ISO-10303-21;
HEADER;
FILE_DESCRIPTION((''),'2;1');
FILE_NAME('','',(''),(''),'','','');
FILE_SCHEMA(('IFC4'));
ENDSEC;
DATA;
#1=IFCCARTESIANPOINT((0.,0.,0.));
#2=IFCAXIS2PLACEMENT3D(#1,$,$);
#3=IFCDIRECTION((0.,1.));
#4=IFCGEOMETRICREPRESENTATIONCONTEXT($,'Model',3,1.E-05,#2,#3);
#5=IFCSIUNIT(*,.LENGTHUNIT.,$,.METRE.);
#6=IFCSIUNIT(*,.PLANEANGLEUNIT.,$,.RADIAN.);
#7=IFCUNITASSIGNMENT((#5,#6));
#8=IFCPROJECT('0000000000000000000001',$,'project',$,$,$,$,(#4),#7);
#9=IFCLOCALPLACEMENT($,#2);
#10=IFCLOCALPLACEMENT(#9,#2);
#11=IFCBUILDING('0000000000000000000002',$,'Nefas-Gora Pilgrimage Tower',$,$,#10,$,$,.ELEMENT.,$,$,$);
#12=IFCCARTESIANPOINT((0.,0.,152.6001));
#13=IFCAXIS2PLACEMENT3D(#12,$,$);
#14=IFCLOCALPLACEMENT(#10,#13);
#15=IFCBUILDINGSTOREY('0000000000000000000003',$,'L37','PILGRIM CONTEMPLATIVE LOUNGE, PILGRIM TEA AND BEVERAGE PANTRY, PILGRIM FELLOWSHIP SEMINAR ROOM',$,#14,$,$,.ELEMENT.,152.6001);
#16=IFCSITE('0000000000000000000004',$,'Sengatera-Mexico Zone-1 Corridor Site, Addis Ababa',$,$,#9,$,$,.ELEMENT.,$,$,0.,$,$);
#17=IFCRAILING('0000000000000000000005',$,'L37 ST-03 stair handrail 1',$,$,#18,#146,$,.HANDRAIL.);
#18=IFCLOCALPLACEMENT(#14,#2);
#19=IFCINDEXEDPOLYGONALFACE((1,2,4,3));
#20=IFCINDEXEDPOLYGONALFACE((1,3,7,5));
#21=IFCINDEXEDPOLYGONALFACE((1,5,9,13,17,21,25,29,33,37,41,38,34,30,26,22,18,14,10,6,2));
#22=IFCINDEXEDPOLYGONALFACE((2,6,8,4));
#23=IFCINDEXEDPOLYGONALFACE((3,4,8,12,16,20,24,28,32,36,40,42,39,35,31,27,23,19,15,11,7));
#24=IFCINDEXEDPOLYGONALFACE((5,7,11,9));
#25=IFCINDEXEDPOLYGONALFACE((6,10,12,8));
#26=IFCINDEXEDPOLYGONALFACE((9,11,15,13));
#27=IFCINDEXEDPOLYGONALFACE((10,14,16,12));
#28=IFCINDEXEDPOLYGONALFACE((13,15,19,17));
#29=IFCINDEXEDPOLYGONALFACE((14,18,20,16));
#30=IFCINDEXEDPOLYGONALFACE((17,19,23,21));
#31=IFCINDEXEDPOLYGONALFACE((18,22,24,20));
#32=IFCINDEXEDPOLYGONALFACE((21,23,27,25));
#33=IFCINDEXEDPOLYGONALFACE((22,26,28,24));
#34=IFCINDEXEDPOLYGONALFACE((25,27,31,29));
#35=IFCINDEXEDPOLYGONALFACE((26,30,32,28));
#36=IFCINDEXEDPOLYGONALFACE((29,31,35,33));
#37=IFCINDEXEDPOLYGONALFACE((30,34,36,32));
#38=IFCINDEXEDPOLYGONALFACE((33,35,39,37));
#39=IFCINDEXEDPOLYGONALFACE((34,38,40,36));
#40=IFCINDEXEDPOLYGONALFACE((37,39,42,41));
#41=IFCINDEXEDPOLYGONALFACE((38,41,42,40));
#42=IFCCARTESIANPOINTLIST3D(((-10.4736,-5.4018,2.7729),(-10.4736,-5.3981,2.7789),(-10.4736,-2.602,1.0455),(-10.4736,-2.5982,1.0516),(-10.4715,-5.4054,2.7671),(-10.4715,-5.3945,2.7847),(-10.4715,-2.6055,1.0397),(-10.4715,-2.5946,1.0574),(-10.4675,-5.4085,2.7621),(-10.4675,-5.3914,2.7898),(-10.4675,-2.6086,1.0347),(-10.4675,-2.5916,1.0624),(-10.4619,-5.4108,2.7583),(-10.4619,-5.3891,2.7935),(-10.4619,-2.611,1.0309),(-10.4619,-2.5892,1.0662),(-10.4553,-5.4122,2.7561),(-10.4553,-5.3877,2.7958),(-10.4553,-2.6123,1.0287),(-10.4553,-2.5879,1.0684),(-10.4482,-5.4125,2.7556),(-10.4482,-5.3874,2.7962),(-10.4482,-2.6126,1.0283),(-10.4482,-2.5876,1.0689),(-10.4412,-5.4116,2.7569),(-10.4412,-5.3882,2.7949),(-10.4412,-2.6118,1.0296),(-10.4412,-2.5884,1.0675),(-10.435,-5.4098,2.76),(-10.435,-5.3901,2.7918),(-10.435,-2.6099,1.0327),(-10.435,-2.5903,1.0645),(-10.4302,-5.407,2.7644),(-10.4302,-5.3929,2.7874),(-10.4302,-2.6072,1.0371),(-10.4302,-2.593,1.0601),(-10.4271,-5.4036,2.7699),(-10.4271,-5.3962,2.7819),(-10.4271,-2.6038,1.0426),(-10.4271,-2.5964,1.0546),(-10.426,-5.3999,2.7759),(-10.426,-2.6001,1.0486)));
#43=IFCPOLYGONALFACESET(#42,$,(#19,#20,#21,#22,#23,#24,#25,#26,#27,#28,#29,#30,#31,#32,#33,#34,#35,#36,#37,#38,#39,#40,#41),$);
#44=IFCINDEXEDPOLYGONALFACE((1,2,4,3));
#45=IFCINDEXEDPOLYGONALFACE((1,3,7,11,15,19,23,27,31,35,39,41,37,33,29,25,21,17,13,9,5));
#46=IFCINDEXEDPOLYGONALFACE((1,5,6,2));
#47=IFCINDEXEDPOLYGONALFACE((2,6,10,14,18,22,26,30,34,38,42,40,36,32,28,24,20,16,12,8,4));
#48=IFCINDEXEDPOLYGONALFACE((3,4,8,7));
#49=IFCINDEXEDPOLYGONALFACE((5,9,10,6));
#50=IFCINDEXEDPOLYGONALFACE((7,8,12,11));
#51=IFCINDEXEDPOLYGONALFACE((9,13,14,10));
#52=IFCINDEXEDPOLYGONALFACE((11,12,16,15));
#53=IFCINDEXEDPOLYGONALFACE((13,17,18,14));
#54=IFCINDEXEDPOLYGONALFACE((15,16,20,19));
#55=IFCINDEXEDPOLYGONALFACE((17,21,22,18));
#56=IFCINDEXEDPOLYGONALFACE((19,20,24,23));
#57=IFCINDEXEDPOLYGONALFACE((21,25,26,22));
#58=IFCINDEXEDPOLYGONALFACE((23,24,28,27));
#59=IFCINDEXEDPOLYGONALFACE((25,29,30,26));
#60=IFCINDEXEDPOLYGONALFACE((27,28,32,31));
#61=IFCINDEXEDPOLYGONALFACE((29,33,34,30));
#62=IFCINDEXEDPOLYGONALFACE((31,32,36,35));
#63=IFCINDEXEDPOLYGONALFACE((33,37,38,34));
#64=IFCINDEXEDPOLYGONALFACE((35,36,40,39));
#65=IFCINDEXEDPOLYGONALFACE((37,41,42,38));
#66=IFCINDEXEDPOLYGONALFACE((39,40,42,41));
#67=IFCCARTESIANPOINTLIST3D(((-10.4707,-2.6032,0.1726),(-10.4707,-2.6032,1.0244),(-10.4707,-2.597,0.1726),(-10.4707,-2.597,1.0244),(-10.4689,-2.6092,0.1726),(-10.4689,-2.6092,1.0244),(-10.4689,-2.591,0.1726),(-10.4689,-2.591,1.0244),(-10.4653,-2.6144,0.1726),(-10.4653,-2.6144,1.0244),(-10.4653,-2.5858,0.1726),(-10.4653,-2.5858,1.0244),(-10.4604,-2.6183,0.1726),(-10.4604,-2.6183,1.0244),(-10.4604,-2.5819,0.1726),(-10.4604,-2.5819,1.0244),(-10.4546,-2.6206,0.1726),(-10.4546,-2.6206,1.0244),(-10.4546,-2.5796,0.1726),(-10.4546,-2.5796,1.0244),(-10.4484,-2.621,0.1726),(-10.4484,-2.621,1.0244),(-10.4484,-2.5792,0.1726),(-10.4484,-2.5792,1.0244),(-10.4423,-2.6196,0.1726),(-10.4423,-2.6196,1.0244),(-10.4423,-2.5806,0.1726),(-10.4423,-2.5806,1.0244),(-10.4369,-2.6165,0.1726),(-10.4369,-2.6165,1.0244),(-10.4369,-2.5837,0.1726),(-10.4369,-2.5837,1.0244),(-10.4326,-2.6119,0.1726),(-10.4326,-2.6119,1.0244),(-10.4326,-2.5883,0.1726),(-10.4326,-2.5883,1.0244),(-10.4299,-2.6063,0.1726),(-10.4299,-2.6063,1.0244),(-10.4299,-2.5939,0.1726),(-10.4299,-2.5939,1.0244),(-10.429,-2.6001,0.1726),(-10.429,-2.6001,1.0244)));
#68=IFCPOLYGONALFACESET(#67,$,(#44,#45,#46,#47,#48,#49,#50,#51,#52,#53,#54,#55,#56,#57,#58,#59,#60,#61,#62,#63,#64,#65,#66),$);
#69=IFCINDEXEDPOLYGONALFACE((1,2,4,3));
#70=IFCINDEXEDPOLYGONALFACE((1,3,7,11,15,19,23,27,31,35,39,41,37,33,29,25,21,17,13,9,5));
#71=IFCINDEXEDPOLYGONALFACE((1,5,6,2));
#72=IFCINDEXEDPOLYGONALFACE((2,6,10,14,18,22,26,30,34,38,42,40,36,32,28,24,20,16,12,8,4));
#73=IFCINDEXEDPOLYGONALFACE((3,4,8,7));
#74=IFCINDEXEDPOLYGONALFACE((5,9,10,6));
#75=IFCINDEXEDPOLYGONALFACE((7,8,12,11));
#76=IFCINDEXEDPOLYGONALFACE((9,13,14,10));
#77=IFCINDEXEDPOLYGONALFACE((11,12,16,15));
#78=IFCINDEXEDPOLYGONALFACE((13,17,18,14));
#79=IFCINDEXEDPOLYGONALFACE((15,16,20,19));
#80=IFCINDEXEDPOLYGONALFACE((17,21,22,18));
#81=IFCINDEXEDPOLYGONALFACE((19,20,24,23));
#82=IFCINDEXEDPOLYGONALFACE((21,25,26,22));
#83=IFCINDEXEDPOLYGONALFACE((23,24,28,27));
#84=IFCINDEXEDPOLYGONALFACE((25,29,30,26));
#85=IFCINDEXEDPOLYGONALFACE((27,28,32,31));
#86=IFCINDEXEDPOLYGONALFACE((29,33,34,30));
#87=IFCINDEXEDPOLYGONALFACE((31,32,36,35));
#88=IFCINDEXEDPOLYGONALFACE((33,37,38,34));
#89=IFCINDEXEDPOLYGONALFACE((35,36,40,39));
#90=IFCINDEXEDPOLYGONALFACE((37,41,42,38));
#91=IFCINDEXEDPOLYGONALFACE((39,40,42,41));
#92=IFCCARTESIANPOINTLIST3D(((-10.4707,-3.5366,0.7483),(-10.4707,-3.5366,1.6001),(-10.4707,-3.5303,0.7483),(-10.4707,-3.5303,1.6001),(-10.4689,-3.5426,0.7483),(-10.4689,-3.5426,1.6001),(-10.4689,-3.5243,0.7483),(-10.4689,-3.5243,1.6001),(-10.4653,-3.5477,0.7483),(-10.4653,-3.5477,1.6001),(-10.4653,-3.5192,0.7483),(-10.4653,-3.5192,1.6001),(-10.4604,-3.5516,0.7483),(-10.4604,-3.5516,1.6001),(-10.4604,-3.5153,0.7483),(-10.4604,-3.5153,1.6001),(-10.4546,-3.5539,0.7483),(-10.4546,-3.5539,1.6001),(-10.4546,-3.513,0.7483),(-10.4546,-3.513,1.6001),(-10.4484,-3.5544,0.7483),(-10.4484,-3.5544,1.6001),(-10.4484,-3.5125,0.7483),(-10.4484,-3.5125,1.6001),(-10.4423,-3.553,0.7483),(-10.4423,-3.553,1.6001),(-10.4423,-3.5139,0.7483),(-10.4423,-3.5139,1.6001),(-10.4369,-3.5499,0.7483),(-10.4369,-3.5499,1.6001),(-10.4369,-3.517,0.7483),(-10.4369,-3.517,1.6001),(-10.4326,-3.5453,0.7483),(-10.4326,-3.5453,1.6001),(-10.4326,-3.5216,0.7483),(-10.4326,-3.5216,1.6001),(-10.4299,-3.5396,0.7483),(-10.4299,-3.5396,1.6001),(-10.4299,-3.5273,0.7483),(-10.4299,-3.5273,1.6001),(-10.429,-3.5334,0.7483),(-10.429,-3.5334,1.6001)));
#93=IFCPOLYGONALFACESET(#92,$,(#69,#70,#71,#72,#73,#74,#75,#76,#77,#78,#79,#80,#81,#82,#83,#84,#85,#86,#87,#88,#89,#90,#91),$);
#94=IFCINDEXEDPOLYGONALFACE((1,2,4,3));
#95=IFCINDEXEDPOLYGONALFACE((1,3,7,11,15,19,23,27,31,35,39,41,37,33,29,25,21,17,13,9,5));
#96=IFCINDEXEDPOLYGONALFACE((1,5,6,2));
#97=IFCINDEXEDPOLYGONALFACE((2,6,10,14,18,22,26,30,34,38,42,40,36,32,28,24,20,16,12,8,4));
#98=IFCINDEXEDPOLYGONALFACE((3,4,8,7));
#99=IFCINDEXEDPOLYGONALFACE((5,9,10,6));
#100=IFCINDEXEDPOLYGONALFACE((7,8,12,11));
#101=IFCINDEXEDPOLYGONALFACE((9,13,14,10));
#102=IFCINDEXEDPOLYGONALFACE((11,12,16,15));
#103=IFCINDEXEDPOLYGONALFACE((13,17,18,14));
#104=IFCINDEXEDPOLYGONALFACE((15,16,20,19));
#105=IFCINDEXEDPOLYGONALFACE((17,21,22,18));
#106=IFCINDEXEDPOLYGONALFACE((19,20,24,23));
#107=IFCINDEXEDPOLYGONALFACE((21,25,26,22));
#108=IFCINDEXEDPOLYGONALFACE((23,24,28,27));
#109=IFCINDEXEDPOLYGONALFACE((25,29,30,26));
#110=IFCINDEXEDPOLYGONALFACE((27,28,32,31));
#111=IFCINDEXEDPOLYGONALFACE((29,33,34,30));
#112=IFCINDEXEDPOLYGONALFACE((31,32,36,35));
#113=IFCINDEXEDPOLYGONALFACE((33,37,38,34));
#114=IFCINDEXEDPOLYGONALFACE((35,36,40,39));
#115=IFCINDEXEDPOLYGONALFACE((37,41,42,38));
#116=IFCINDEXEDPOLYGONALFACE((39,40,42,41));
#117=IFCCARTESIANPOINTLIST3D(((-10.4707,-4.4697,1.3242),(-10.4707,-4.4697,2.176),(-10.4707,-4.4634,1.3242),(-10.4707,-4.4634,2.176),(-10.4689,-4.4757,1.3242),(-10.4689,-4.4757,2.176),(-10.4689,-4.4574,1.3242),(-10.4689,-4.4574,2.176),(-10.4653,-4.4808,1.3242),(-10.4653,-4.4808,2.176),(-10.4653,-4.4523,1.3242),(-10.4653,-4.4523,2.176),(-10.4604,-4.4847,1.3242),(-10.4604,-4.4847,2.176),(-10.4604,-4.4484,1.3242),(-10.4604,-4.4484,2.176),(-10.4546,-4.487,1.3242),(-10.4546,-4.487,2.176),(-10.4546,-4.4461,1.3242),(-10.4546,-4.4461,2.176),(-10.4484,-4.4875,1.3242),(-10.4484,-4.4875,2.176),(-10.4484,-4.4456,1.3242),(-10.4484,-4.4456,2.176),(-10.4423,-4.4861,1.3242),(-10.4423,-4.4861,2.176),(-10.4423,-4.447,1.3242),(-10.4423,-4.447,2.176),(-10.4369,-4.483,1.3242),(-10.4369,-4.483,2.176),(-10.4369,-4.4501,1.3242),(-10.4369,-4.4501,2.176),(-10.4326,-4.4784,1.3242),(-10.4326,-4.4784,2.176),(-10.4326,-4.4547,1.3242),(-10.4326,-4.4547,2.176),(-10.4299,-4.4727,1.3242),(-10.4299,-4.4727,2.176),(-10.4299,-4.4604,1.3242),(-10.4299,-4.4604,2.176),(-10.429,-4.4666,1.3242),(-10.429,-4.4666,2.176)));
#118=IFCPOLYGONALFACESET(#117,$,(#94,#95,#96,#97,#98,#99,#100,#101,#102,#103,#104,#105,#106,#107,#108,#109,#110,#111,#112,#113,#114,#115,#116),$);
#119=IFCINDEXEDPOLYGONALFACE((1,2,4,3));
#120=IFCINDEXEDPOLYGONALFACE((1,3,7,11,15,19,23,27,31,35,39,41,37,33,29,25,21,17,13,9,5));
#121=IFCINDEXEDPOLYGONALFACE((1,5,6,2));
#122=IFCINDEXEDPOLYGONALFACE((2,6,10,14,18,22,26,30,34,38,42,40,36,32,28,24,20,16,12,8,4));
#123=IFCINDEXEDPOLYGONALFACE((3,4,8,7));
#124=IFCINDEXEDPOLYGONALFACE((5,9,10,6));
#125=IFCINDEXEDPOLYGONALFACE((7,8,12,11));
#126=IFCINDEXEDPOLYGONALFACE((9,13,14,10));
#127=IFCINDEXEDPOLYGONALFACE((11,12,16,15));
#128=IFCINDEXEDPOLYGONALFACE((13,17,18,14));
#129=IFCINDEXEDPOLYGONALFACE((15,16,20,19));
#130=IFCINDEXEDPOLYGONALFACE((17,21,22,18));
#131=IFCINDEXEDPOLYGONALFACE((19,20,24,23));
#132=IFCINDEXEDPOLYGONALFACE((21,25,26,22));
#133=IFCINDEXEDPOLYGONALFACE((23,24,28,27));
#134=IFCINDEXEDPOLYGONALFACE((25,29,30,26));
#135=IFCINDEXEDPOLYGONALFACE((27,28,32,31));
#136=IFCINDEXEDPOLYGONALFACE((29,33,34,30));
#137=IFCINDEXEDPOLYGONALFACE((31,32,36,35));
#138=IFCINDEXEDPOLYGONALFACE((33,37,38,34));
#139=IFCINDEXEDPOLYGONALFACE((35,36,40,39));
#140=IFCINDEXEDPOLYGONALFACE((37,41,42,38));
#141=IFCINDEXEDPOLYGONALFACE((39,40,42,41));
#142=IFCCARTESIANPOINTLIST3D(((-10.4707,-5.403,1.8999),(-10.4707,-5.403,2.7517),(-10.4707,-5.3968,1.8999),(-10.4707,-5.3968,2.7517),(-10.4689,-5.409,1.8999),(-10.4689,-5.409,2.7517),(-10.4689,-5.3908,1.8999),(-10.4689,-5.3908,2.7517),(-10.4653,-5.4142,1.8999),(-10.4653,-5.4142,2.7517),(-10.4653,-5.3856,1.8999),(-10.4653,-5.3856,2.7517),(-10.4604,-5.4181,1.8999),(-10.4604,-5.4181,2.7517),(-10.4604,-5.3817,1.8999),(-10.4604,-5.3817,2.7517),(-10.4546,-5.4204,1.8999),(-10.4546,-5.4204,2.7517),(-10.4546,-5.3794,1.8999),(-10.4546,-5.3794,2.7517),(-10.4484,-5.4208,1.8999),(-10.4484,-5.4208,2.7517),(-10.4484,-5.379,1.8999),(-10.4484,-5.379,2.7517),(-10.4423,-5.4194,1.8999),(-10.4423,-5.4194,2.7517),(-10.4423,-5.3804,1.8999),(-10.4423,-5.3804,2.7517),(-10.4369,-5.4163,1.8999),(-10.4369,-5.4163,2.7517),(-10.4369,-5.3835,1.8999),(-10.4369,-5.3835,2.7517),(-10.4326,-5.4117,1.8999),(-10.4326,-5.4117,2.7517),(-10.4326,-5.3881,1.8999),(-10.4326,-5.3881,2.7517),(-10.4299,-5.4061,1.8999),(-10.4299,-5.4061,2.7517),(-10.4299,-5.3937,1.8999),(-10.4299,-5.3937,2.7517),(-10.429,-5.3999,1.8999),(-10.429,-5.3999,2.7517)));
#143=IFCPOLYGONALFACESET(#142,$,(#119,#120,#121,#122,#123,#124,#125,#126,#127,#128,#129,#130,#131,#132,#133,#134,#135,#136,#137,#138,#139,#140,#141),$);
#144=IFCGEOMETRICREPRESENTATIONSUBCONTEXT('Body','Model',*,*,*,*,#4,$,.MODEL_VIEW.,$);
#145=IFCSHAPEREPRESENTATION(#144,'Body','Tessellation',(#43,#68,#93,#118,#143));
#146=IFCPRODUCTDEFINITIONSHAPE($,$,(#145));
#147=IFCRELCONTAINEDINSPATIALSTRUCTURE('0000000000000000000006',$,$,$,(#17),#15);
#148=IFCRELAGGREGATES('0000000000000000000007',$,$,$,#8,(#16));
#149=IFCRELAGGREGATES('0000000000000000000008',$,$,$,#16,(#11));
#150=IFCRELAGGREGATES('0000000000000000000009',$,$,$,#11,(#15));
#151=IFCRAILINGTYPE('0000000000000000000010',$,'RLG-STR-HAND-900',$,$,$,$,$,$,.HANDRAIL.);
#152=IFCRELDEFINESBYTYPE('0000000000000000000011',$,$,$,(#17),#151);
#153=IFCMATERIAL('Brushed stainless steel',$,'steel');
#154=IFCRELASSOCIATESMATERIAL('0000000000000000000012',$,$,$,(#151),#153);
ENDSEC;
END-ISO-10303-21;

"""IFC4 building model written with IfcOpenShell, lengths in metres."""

from ifc_helpers import new_model, si_unit, direction, frame, origin, origin_2d, place, context, subcontext, project, spatial, circle, extrude, material, type_object, element, save


model = new_model("IFC4")

# Units and contexts
model_context = context("Model", 3, precision=1e-05, world=origin(), true_north=direction((0.0, 1.0)))
body_context = subcontext(model_context, "Body", "Model", "MODEL_VIEW")
ifc_project = project(units=[si_unit("LENGTHUNIT", "METRE"), si_unit("PLANEANGLEUNIT", "RADIAN")], contexts=[model_context])

# Site, building, storey
site_placement = place(None, origin())
site = spatial("IfcSite", under=ifc_project, at=site_placement, Name="Sengatera-Mexico Zone-1 Corridor Site, Addis Ababa", CompositionType="ELEMENT", RefElevation=0.0)
building_placement = place(site_placement, origin())
building = spatial("IfcBuilding", under=site, at=building_placement, Name="Nefas-Gora Pilgrimage Tower", CompositionType="ELEMENT")
storey_placement = place(building_placement, frame((0.0, 0.0, 152.6001)))
storey = spatial("IfcBuildingStorey", under=building, at=storey_placement, Name="L37", Description="PILGRIM CONTEMPLATIVE LOUNGE, PILGRIM TEA AND BEVERAGE PANTRY, PILGRIM FELLOWSHIP SEMINAR ROOM", CompositionType="ELEMENT", Elevation=152.6001)

# Railing
ifc_material_1 = material(Name="Brushed stainless steel", Category="steel")
railing_type_1 = type_object("IfcRailingType", Name="RLG-STR-HAND-900", PredefinedType="HANDRAIL", material=ifc_material_1)
railing_1_placement = place(storey_placement, frame((-10.45, -2.6001, 0.1726)))
element("IfcRailing", 1, at=railing_1_placement, inside=storey, type_object=railing_type_1, Name="L37 ST-03 stair handrail 1", PredefinedType="HANDRAIL", context=body_context, shape_type="SweptSolid", body=[
    extrude(circle(Radius=0.0239, at=origin_2d()), frame((0.0, 0.0, 0.876), z_axis=(0.0, -0.851069, 0.525054), x_axis=(1.0, 0.0, 0.0)), (0.0, 0.0, 1.0), 3.2898),
    extrude(circle(Radius=0.021, at=origin_2d()), origin(), (0.0, 0.0, 1.0), 0.8518),
    extrude(circle(Radius=0.021, at=origin_2d()), frame((0.0, -0.9333, 0.5757)), (0.0, 0.0, 1.0), 0.8518),
    extrude(circle(Radius=0.021, at=origin_2d()), frame((0.0, -1.8665, 1.1516)), (0.0, 0.0, 1.0), 0.8518),
    extrude(circle(Radius=0.021, at=origin_2d()), frame((0.0, -2.7998, 1.7273)), (0.0, 0.0, 1.0), 0.8518),
])

save(model, "model.ifc")
